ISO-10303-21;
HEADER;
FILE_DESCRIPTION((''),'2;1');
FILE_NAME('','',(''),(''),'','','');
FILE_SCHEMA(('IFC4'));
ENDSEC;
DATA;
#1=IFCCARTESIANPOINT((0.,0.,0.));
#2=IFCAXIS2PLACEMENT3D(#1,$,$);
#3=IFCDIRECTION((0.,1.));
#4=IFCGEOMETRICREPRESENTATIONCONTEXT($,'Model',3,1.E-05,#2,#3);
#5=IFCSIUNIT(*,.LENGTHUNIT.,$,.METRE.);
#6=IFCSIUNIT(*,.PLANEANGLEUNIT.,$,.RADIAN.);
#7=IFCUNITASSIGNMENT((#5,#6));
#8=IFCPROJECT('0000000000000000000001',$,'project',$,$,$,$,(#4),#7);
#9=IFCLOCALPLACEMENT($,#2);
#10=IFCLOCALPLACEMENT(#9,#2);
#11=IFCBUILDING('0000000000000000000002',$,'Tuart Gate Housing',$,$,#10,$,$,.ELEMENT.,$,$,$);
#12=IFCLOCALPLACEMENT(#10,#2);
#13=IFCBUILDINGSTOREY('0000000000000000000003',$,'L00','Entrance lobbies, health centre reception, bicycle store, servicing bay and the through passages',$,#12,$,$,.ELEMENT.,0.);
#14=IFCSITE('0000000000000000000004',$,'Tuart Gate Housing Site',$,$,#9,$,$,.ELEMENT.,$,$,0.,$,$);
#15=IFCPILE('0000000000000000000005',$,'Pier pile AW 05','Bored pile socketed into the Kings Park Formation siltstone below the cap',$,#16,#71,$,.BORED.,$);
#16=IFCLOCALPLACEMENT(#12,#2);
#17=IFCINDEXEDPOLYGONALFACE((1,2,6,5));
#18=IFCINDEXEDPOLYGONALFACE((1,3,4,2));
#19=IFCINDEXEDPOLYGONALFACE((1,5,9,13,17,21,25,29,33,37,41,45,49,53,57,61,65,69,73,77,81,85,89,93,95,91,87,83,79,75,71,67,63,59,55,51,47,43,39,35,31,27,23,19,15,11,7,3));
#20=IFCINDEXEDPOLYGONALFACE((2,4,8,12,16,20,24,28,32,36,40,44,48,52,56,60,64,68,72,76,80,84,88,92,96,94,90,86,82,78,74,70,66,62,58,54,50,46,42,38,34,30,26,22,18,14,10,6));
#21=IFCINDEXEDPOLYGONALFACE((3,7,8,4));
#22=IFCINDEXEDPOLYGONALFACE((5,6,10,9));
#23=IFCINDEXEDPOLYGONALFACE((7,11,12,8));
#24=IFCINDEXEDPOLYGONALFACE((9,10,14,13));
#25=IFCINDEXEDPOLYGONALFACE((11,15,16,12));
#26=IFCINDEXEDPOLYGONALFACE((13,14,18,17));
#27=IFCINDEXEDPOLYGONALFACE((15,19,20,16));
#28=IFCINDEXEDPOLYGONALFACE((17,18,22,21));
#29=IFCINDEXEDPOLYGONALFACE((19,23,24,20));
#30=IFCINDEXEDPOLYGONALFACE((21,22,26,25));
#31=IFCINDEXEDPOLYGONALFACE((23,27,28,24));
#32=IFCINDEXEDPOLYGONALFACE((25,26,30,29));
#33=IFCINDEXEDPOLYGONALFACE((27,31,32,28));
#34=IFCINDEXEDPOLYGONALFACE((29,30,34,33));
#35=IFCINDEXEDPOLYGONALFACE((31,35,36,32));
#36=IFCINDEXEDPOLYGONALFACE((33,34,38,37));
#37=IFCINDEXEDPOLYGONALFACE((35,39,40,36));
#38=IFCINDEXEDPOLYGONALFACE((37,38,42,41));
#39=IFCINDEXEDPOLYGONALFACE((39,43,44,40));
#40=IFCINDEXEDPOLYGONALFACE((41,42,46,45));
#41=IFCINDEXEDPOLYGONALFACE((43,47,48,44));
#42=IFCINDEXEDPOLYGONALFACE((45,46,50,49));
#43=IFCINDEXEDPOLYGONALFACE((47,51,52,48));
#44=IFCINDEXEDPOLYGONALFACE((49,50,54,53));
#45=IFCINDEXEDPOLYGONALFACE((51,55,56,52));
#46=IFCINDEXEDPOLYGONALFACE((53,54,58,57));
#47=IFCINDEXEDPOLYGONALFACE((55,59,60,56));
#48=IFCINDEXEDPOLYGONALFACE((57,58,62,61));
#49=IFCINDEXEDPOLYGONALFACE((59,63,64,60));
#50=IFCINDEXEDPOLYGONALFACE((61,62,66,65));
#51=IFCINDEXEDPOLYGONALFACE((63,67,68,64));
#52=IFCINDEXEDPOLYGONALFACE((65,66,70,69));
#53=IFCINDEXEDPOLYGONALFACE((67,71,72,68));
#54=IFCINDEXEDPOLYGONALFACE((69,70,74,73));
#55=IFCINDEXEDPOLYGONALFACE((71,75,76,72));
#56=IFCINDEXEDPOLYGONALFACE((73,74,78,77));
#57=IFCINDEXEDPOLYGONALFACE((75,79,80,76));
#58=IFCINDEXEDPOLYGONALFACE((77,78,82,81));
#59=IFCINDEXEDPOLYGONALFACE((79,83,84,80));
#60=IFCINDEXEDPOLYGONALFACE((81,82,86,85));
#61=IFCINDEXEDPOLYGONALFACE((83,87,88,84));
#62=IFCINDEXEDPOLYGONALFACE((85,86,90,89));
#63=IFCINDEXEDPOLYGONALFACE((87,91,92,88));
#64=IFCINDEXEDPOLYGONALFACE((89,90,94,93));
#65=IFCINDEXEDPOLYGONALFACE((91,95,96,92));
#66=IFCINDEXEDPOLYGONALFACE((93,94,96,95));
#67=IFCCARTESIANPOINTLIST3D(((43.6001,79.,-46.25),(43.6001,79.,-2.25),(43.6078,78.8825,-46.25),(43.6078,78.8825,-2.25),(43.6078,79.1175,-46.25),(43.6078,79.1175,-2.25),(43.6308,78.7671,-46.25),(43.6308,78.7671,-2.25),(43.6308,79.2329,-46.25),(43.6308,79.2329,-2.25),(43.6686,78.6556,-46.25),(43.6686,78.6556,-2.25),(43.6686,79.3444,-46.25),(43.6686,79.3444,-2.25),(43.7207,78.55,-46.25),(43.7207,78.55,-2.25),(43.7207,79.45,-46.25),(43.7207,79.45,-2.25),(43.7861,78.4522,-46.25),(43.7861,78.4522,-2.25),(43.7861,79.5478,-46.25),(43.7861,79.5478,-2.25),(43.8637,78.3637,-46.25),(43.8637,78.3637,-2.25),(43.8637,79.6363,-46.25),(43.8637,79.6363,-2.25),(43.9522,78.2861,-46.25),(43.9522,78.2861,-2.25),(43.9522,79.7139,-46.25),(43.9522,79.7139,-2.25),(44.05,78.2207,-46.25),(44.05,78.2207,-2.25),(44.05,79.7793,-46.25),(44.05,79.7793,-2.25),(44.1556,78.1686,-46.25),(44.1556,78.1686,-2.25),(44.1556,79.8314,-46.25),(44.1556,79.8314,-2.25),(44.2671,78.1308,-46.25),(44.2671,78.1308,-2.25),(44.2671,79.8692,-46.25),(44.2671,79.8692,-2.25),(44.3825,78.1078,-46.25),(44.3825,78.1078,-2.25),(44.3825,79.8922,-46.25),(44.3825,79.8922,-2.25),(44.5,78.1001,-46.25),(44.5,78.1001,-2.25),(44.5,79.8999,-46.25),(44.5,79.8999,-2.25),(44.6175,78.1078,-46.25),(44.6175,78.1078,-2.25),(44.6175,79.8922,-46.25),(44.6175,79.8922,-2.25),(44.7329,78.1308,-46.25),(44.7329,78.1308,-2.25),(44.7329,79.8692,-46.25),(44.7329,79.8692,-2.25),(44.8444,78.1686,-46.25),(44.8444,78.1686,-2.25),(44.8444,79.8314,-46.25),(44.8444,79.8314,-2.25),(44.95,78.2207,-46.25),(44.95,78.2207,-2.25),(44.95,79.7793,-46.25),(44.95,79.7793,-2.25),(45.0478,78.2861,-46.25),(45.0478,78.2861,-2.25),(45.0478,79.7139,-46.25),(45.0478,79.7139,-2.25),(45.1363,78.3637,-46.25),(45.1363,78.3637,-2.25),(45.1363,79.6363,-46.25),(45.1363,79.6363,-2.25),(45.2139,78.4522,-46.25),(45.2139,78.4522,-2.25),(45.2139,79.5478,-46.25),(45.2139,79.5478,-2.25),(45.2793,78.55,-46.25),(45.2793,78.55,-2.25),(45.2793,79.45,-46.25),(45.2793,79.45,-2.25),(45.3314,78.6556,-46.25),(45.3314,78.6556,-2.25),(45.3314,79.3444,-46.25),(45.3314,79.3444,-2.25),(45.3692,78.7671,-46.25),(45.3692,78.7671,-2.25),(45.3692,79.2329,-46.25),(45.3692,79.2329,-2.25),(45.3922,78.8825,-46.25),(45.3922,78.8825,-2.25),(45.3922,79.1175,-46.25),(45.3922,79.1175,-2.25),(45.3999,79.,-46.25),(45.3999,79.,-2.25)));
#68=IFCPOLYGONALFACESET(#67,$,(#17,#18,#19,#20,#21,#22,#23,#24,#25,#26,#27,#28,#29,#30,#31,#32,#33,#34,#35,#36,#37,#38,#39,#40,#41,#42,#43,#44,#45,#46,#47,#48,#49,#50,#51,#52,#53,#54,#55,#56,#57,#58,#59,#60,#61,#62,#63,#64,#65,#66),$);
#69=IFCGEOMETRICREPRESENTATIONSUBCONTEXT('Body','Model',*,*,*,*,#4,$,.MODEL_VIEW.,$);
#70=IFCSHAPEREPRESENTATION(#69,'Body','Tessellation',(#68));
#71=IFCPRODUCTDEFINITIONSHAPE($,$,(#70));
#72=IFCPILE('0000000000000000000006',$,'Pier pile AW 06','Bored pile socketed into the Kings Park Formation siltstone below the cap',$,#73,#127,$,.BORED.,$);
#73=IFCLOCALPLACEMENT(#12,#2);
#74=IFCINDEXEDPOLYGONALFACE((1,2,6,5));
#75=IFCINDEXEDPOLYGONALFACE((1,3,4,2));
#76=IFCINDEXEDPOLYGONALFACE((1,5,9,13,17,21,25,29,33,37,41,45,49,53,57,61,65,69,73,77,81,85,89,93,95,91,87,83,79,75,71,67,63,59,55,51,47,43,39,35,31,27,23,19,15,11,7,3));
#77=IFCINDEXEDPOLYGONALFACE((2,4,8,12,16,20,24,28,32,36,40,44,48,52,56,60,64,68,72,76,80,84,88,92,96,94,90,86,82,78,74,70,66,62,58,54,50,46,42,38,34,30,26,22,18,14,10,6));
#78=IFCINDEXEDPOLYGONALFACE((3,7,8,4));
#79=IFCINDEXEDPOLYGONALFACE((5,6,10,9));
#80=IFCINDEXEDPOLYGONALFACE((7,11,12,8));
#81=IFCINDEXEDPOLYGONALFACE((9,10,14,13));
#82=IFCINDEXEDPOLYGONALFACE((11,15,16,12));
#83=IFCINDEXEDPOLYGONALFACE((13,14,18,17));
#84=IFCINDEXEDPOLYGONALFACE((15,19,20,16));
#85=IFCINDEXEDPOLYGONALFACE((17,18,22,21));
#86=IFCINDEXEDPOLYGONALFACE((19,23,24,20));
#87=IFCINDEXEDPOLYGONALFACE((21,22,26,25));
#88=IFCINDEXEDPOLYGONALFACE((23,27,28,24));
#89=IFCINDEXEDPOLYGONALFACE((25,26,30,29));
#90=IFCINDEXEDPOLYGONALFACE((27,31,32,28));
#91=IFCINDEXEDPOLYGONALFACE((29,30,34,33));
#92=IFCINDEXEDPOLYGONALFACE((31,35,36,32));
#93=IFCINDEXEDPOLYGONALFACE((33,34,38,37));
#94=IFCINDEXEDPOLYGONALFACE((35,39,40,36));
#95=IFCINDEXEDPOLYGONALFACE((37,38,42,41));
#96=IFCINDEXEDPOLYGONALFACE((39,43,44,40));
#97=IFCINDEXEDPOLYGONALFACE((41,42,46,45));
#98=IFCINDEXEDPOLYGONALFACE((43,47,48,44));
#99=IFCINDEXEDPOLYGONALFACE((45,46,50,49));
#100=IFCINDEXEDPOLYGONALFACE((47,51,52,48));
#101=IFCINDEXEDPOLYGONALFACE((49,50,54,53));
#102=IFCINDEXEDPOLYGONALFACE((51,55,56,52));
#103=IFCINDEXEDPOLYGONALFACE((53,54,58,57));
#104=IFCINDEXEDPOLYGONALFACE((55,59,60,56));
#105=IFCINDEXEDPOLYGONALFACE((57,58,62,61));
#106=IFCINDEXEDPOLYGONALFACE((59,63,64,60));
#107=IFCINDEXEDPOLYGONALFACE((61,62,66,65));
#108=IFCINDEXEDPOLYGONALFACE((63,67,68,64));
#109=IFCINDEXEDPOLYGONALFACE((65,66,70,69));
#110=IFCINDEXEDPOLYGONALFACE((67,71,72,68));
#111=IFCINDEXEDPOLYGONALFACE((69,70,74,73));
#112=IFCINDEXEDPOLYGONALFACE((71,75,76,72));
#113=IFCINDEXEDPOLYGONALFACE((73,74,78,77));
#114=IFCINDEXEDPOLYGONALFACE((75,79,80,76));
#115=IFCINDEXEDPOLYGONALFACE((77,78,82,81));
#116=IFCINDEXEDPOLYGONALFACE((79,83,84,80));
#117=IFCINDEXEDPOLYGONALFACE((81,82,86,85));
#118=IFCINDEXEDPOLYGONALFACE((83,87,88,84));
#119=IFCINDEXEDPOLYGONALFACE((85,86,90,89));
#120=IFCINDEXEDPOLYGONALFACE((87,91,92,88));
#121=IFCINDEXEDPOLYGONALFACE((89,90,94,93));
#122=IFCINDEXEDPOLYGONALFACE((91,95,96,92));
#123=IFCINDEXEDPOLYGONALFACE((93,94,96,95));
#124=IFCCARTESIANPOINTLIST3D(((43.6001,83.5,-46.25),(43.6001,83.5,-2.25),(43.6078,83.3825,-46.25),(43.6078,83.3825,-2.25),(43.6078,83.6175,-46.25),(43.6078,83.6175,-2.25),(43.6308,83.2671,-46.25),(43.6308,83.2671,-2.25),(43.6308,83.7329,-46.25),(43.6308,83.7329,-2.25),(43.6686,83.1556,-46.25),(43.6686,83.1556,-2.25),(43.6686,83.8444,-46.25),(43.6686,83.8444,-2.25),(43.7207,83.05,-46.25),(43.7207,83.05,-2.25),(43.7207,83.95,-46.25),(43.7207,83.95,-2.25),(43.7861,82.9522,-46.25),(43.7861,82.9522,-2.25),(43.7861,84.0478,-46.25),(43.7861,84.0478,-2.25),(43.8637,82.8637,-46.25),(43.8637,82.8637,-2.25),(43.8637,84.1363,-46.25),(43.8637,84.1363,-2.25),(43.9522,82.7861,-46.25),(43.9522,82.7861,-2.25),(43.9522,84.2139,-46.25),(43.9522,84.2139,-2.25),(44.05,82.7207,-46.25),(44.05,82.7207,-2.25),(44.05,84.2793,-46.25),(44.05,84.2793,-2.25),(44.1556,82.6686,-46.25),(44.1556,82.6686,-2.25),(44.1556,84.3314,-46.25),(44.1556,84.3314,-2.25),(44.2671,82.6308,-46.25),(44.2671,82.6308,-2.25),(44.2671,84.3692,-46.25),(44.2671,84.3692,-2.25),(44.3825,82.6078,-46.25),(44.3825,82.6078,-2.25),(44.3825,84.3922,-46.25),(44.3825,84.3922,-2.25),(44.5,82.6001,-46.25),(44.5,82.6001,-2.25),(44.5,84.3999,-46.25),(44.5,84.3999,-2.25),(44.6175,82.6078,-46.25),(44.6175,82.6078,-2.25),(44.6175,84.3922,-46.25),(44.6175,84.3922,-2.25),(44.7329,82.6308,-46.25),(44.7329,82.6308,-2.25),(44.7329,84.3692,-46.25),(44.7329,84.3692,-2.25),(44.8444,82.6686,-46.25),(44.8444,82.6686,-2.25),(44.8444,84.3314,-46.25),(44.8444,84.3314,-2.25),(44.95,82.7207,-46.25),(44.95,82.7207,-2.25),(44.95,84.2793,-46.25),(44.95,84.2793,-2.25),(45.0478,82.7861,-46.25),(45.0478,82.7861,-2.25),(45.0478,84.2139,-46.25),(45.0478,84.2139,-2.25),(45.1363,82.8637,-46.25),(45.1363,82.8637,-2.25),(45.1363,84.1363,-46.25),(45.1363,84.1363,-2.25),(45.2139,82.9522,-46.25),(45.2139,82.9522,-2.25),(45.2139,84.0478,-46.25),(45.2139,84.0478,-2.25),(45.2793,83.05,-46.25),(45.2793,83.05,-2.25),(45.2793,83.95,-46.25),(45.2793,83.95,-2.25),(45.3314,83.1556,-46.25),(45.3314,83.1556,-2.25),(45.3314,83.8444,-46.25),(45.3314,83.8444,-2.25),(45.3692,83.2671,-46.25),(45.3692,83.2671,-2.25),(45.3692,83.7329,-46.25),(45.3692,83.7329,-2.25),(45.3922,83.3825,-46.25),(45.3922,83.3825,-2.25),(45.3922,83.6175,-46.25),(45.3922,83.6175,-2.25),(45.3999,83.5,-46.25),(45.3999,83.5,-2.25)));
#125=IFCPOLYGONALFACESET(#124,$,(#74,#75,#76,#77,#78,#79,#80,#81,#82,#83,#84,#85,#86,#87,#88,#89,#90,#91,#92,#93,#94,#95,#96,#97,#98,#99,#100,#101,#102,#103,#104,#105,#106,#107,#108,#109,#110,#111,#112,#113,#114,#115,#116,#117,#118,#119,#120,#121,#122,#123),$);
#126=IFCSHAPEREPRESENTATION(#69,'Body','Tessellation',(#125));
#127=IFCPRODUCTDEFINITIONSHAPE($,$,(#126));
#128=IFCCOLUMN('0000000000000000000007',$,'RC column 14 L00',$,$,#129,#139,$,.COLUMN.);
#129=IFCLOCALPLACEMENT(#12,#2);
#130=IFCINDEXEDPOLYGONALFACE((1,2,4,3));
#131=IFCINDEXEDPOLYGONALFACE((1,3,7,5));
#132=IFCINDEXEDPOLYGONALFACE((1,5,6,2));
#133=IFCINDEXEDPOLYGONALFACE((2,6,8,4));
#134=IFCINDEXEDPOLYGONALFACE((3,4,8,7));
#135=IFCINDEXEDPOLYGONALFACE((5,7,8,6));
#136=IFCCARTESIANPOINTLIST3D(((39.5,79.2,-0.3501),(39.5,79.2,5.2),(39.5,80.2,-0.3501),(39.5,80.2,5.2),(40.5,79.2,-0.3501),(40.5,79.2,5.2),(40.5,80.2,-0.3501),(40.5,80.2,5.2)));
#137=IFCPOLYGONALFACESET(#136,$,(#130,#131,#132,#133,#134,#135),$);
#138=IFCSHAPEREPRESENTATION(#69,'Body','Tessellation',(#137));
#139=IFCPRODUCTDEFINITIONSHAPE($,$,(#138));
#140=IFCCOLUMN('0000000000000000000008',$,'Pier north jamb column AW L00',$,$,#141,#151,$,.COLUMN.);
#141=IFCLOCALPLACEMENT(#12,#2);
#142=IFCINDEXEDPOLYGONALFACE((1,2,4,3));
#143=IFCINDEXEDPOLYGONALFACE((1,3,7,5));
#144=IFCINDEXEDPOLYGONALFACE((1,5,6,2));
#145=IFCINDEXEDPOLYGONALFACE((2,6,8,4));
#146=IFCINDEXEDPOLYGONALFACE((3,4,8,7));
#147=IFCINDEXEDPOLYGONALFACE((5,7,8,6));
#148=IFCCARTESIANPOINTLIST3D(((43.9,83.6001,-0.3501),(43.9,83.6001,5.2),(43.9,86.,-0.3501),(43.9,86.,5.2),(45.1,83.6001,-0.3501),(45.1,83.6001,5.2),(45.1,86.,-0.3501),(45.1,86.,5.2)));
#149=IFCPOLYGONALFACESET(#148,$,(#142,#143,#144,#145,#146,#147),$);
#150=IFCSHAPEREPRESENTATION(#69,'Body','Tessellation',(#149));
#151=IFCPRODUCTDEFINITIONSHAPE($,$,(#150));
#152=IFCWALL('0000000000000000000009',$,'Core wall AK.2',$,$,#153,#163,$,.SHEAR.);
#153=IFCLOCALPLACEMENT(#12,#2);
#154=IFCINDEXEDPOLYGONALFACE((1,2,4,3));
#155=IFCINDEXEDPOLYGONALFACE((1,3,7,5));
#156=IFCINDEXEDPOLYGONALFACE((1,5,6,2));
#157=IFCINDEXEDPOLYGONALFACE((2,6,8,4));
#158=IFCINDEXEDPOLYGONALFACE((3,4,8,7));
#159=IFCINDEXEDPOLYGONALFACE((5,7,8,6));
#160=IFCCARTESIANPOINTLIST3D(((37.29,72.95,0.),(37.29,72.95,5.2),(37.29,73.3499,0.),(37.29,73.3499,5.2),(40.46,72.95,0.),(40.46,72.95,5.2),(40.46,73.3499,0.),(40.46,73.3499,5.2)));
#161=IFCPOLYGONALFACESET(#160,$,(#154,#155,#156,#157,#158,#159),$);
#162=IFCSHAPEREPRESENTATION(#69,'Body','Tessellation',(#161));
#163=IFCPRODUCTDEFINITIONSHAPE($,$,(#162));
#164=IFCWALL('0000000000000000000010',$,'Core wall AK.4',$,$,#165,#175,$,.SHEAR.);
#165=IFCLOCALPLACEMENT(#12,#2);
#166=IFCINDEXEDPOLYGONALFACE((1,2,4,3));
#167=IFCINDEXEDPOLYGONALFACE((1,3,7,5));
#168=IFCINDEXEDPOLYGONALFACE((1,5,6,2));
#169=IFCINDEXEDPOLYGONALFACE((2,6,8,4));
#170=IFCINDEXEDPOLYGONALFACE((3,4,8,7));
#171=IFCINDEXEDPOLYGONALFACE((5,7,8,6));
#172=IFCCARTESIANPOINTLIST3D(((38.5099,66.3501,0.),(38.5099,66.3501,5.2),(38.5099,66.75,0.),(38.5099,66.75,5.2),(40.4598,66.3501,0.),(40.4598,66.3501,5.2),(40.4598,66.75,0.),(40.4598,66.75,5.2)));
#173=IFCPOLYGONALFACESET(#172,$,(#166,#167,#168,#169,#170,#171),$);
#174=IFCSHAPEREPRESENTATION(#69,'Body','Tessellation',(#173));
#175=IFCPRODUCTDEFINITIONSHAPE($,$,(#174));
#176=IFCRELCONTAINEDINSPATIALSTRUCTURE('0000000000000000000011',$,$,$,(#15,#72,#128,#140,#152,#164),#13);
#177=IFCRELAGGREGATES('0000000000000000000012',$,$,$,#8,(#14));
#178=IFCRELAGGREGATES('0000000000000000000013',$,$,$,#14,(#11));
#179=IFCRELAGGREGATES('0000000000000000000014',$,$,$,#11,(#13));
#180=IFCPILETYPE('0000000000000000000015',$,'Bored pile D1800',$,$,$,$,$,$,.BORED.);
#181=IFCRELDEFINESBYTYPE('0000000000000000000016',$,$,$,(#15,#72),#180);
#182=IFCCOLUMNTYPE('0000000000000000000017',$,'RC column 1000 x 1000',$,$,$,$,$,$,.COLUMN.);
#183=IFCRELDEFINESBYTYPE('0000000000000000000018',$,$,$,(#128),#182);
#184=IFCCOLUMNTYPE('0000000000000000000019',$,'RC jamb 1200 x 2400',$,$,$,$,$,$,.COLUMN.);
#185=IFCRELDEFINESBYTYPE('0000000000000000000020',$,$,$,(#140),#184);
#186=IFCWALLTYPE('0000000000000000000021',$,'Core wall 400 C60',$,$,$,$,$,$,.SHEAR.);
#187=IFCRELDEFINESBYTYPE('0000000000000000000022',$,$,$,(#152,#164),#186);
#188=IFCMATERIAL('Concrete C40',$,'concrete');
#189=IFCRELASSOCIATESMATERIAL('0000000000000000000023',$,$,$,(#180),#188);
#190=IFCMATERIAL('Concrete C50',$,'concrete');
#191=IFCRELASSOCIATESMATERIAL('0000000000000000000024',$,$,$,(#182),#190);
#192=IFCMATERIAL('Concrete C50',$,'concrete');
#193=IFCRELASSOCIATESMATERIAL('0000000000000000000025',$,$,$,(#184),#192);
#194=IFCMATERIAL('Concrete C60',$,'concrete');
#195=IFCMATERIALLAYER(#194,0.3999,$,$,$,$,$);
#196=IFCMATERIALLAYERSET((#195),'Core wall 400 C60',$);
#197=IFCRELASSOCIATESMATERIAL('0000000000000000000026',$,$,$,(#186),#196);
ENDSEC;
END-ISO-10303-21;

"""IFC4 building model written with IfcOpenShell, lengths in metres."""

from ifc_helpers import new_model, si_unit, direction, frame, frame_2d, origin, origin_2d, place, context, subcontext, project, spatial, rectangle, circle, extrude, material, layer, layer_set, material_profile, profile_set, type_object, element, save


model = new_model("IFC4")

# Units and contexts
model_context = context("Model", 3, precision=1e-05, world=origin(), true_north=direction((0.0, 1.0)))
body_context = subcontext(model_context, "Body", "Model", "MODEL_VIEW")
ifc_project = project(units=[si_unit("LENGTHUNIT", "METRE"), si_unit("PLANEANGLEUNIT", "RADIAN")], contexts=[model_context])

# Site, building, storey
site_placement = place(None, origin())
site = spatial("IfcSite", under=ifc_project, at=site_placement, Name="Tuart Gate Housing Site", CompositionType="ELEMENT", RefElevation=0.0)
building_placement = place(site_placement, origin())
building = spatial("IfcBuilding", under=site, at=building_placement, Name="Tuart Gate Housing", CompositionType="ELEMENT")
storey_placement = place(building_placement, origin())
storey = spatial("IfcBuildingStorey", under=building, at=storey_placement, Name="L00", Description="Entrance lobbies, health centre reception, bicycle store, servicing bay and the through passages", CompositionType="ELEMENT", Elevation=0.0)

# Piles
ifc_material_1 = material(Name="Concrete C40", Category="concrete")
ifc_material_profile_1 = material_profile(ifc_material_1, circle(Radius=0.8999, at=origin_2d()), Name="Bored pile D1800")
ifc_profile_set_1 = profile_set([ifc_material_profile_1], Name="Concrete C40")
pile_type_1 = type_object("IfcPileType", Name="Bored pile D1800", PredefinedType="BORED", material=ifc_profile_set_1)
for number, where, z_axis, x_axis, name in (
    (1, (44.5, 79.0, -2.25), (0.0, 0.0, -1.0), (1.0, 0.0, 0.0), "Pier pile AW 05"),
    (2, (44.5, 83.5, -2.25), (0.0, 0.0, -1.0), (1.0, 0.0, 0.0), "Pier pile AW 06"),
):
    element("IfcPile", number, at=place(storey_placement, frame(where, z_axis=z_axis, x_axis=x_axis)), inside=storey, type_object=pile_type_1, Name=name, Description="Bored pile socketed into the Kings Park Formation siltstone below the cap", PredefinedType="BORED", context=body_context, shape_type="SweptSolid", body=[
        extrude(circle(Radius=0.8999, at=origin_2d()), origin(), (0.0, 0.0, 1.0), 44.0),
    ])

# Columns
ifc_material_2 = material(Name="Concrete C50", Category="concrete")
ifc_material_profile_2 = material_profile(ifc_material_2, rectangle(XDim=1.0, YDim=1.0, at=origin_2d()), Name="RC column 1000 x 1000")
ifc_profile_set_2 = profile_set([ifc_material_profile_2], Name="Concrete C50")
column_type_1 = type_object("IfcColumnType", Name="RC column 1000 x 1000", PredefinedType="COLUMN", material=ifc_profile_set_2)
column_1_placement = place(storey_placement, frame((40.0, 79.7, -0.3501), z_axis=(0.0, 0.0, 1.0), x_axis=(1.0, 0.0, 0.0)))
element("IfcColumn", 3, at=column_1_placement, inside=storey, type_object=column_type_1, Name="RC column 14 L00", PredefinedType="COLUMN", context=body_context, shape_type="SweptSolid", body=[
    extrude(rectangle(XDim=1.0, YDim=1.0, at=origin_2d()), origin(), (0.0, 0.0, 1.0), 5.55),
])
ifc_material_3 = material(Name="Concrete C50", Category="concrete")
ifc_material_profile_3 = material_profile(ifc_material_3, rectangle(XDim=1.2, YDim=2.3999, at=origin_2d()), Name="RC jamb 1200 x 2400")
ifc_profile_set_3 = profile_set([ifc_material_profile_3], Name="Concrete C50")
column_type_2 = type_object("IfcColumnType", Name="RC jamb 1200 x 2400", PredefinedType="COLUMN", material=ifc_profile_set_3)
column_2_placement = place(storey_placement, frame((44.5, 84.8, -0.3501), z_axis=(0.0, 0.0, 1.0), x_axis=(1.0, 0.0, 0.0)))
element("IfcColumn", 4, at=column_2_placement, inside=storey, type_object=column_type_2, Name="Pier north jamb column AW L00", PredefinedType="COLUMN", context=body_context, shape_type="SweptSolid", body=[
    extrude(rectangle(XDim=1.2, YDim=2.3999, at=origin_2d()), origin(), (0.0, 0.0, 1.0), 5.55),
])

# Walls
ifc_material_4 = material(Name="Concrete C60", Category="concrete")
ifc_layer_1 = layer(ifc_material_4, 0.3999)
ifc_layer_set_1 = layer_set([ifc_layer_1], Name="Core wall 400 C60")
wall_type_1 = type_object("IfcWallType", Name="Core wall 400 C60", PredefinedType="SHEAR", material=ifc_layer_set_1)
wall_1_placement = place(storey_placement, frame((40.46, 73.1499, 0.0), z_axis=(0.0, 0.0, 1.0), x_axis=(-1.0, 0.0, 0.0)))
element("IfcWall", 5, at=wall_1_placement, inside=storey, type_object=wall_type_1, Name="Core wall AK.2", PredefinedType="SHEAR", context=body_context, shape_type="SweptSolid", body=[
    extrude(rectangle(XDim=3.1699, YDim=0.3999, at=frame_2d((1.585, 0.0))), origin(), (0.0, 0.0, 1.0), 5.2),
])
wall_2_placement = place(storey_placement, frame((40.46, 66.55, 0.0), z_axis=(0.0, 0.0, 1.0), x_axis=(-1.0, 0.0, 0.0)))
element("IfcWall", 6, at=wall_2_placement, inside=storey, type_object=wall_type_1, Name="Core wall AK.4", PredefinedType="SHEAR", context=body_context, shape_type="SweptSolid", body=[
    extrude(rectangle(XDim=1.95, YDim=0.3999, at=frame_2d((0.9751, 0.0))), origin(), (0.0, 0.0, 1.0), 5.2),
])

save(model, "model.ifc")
